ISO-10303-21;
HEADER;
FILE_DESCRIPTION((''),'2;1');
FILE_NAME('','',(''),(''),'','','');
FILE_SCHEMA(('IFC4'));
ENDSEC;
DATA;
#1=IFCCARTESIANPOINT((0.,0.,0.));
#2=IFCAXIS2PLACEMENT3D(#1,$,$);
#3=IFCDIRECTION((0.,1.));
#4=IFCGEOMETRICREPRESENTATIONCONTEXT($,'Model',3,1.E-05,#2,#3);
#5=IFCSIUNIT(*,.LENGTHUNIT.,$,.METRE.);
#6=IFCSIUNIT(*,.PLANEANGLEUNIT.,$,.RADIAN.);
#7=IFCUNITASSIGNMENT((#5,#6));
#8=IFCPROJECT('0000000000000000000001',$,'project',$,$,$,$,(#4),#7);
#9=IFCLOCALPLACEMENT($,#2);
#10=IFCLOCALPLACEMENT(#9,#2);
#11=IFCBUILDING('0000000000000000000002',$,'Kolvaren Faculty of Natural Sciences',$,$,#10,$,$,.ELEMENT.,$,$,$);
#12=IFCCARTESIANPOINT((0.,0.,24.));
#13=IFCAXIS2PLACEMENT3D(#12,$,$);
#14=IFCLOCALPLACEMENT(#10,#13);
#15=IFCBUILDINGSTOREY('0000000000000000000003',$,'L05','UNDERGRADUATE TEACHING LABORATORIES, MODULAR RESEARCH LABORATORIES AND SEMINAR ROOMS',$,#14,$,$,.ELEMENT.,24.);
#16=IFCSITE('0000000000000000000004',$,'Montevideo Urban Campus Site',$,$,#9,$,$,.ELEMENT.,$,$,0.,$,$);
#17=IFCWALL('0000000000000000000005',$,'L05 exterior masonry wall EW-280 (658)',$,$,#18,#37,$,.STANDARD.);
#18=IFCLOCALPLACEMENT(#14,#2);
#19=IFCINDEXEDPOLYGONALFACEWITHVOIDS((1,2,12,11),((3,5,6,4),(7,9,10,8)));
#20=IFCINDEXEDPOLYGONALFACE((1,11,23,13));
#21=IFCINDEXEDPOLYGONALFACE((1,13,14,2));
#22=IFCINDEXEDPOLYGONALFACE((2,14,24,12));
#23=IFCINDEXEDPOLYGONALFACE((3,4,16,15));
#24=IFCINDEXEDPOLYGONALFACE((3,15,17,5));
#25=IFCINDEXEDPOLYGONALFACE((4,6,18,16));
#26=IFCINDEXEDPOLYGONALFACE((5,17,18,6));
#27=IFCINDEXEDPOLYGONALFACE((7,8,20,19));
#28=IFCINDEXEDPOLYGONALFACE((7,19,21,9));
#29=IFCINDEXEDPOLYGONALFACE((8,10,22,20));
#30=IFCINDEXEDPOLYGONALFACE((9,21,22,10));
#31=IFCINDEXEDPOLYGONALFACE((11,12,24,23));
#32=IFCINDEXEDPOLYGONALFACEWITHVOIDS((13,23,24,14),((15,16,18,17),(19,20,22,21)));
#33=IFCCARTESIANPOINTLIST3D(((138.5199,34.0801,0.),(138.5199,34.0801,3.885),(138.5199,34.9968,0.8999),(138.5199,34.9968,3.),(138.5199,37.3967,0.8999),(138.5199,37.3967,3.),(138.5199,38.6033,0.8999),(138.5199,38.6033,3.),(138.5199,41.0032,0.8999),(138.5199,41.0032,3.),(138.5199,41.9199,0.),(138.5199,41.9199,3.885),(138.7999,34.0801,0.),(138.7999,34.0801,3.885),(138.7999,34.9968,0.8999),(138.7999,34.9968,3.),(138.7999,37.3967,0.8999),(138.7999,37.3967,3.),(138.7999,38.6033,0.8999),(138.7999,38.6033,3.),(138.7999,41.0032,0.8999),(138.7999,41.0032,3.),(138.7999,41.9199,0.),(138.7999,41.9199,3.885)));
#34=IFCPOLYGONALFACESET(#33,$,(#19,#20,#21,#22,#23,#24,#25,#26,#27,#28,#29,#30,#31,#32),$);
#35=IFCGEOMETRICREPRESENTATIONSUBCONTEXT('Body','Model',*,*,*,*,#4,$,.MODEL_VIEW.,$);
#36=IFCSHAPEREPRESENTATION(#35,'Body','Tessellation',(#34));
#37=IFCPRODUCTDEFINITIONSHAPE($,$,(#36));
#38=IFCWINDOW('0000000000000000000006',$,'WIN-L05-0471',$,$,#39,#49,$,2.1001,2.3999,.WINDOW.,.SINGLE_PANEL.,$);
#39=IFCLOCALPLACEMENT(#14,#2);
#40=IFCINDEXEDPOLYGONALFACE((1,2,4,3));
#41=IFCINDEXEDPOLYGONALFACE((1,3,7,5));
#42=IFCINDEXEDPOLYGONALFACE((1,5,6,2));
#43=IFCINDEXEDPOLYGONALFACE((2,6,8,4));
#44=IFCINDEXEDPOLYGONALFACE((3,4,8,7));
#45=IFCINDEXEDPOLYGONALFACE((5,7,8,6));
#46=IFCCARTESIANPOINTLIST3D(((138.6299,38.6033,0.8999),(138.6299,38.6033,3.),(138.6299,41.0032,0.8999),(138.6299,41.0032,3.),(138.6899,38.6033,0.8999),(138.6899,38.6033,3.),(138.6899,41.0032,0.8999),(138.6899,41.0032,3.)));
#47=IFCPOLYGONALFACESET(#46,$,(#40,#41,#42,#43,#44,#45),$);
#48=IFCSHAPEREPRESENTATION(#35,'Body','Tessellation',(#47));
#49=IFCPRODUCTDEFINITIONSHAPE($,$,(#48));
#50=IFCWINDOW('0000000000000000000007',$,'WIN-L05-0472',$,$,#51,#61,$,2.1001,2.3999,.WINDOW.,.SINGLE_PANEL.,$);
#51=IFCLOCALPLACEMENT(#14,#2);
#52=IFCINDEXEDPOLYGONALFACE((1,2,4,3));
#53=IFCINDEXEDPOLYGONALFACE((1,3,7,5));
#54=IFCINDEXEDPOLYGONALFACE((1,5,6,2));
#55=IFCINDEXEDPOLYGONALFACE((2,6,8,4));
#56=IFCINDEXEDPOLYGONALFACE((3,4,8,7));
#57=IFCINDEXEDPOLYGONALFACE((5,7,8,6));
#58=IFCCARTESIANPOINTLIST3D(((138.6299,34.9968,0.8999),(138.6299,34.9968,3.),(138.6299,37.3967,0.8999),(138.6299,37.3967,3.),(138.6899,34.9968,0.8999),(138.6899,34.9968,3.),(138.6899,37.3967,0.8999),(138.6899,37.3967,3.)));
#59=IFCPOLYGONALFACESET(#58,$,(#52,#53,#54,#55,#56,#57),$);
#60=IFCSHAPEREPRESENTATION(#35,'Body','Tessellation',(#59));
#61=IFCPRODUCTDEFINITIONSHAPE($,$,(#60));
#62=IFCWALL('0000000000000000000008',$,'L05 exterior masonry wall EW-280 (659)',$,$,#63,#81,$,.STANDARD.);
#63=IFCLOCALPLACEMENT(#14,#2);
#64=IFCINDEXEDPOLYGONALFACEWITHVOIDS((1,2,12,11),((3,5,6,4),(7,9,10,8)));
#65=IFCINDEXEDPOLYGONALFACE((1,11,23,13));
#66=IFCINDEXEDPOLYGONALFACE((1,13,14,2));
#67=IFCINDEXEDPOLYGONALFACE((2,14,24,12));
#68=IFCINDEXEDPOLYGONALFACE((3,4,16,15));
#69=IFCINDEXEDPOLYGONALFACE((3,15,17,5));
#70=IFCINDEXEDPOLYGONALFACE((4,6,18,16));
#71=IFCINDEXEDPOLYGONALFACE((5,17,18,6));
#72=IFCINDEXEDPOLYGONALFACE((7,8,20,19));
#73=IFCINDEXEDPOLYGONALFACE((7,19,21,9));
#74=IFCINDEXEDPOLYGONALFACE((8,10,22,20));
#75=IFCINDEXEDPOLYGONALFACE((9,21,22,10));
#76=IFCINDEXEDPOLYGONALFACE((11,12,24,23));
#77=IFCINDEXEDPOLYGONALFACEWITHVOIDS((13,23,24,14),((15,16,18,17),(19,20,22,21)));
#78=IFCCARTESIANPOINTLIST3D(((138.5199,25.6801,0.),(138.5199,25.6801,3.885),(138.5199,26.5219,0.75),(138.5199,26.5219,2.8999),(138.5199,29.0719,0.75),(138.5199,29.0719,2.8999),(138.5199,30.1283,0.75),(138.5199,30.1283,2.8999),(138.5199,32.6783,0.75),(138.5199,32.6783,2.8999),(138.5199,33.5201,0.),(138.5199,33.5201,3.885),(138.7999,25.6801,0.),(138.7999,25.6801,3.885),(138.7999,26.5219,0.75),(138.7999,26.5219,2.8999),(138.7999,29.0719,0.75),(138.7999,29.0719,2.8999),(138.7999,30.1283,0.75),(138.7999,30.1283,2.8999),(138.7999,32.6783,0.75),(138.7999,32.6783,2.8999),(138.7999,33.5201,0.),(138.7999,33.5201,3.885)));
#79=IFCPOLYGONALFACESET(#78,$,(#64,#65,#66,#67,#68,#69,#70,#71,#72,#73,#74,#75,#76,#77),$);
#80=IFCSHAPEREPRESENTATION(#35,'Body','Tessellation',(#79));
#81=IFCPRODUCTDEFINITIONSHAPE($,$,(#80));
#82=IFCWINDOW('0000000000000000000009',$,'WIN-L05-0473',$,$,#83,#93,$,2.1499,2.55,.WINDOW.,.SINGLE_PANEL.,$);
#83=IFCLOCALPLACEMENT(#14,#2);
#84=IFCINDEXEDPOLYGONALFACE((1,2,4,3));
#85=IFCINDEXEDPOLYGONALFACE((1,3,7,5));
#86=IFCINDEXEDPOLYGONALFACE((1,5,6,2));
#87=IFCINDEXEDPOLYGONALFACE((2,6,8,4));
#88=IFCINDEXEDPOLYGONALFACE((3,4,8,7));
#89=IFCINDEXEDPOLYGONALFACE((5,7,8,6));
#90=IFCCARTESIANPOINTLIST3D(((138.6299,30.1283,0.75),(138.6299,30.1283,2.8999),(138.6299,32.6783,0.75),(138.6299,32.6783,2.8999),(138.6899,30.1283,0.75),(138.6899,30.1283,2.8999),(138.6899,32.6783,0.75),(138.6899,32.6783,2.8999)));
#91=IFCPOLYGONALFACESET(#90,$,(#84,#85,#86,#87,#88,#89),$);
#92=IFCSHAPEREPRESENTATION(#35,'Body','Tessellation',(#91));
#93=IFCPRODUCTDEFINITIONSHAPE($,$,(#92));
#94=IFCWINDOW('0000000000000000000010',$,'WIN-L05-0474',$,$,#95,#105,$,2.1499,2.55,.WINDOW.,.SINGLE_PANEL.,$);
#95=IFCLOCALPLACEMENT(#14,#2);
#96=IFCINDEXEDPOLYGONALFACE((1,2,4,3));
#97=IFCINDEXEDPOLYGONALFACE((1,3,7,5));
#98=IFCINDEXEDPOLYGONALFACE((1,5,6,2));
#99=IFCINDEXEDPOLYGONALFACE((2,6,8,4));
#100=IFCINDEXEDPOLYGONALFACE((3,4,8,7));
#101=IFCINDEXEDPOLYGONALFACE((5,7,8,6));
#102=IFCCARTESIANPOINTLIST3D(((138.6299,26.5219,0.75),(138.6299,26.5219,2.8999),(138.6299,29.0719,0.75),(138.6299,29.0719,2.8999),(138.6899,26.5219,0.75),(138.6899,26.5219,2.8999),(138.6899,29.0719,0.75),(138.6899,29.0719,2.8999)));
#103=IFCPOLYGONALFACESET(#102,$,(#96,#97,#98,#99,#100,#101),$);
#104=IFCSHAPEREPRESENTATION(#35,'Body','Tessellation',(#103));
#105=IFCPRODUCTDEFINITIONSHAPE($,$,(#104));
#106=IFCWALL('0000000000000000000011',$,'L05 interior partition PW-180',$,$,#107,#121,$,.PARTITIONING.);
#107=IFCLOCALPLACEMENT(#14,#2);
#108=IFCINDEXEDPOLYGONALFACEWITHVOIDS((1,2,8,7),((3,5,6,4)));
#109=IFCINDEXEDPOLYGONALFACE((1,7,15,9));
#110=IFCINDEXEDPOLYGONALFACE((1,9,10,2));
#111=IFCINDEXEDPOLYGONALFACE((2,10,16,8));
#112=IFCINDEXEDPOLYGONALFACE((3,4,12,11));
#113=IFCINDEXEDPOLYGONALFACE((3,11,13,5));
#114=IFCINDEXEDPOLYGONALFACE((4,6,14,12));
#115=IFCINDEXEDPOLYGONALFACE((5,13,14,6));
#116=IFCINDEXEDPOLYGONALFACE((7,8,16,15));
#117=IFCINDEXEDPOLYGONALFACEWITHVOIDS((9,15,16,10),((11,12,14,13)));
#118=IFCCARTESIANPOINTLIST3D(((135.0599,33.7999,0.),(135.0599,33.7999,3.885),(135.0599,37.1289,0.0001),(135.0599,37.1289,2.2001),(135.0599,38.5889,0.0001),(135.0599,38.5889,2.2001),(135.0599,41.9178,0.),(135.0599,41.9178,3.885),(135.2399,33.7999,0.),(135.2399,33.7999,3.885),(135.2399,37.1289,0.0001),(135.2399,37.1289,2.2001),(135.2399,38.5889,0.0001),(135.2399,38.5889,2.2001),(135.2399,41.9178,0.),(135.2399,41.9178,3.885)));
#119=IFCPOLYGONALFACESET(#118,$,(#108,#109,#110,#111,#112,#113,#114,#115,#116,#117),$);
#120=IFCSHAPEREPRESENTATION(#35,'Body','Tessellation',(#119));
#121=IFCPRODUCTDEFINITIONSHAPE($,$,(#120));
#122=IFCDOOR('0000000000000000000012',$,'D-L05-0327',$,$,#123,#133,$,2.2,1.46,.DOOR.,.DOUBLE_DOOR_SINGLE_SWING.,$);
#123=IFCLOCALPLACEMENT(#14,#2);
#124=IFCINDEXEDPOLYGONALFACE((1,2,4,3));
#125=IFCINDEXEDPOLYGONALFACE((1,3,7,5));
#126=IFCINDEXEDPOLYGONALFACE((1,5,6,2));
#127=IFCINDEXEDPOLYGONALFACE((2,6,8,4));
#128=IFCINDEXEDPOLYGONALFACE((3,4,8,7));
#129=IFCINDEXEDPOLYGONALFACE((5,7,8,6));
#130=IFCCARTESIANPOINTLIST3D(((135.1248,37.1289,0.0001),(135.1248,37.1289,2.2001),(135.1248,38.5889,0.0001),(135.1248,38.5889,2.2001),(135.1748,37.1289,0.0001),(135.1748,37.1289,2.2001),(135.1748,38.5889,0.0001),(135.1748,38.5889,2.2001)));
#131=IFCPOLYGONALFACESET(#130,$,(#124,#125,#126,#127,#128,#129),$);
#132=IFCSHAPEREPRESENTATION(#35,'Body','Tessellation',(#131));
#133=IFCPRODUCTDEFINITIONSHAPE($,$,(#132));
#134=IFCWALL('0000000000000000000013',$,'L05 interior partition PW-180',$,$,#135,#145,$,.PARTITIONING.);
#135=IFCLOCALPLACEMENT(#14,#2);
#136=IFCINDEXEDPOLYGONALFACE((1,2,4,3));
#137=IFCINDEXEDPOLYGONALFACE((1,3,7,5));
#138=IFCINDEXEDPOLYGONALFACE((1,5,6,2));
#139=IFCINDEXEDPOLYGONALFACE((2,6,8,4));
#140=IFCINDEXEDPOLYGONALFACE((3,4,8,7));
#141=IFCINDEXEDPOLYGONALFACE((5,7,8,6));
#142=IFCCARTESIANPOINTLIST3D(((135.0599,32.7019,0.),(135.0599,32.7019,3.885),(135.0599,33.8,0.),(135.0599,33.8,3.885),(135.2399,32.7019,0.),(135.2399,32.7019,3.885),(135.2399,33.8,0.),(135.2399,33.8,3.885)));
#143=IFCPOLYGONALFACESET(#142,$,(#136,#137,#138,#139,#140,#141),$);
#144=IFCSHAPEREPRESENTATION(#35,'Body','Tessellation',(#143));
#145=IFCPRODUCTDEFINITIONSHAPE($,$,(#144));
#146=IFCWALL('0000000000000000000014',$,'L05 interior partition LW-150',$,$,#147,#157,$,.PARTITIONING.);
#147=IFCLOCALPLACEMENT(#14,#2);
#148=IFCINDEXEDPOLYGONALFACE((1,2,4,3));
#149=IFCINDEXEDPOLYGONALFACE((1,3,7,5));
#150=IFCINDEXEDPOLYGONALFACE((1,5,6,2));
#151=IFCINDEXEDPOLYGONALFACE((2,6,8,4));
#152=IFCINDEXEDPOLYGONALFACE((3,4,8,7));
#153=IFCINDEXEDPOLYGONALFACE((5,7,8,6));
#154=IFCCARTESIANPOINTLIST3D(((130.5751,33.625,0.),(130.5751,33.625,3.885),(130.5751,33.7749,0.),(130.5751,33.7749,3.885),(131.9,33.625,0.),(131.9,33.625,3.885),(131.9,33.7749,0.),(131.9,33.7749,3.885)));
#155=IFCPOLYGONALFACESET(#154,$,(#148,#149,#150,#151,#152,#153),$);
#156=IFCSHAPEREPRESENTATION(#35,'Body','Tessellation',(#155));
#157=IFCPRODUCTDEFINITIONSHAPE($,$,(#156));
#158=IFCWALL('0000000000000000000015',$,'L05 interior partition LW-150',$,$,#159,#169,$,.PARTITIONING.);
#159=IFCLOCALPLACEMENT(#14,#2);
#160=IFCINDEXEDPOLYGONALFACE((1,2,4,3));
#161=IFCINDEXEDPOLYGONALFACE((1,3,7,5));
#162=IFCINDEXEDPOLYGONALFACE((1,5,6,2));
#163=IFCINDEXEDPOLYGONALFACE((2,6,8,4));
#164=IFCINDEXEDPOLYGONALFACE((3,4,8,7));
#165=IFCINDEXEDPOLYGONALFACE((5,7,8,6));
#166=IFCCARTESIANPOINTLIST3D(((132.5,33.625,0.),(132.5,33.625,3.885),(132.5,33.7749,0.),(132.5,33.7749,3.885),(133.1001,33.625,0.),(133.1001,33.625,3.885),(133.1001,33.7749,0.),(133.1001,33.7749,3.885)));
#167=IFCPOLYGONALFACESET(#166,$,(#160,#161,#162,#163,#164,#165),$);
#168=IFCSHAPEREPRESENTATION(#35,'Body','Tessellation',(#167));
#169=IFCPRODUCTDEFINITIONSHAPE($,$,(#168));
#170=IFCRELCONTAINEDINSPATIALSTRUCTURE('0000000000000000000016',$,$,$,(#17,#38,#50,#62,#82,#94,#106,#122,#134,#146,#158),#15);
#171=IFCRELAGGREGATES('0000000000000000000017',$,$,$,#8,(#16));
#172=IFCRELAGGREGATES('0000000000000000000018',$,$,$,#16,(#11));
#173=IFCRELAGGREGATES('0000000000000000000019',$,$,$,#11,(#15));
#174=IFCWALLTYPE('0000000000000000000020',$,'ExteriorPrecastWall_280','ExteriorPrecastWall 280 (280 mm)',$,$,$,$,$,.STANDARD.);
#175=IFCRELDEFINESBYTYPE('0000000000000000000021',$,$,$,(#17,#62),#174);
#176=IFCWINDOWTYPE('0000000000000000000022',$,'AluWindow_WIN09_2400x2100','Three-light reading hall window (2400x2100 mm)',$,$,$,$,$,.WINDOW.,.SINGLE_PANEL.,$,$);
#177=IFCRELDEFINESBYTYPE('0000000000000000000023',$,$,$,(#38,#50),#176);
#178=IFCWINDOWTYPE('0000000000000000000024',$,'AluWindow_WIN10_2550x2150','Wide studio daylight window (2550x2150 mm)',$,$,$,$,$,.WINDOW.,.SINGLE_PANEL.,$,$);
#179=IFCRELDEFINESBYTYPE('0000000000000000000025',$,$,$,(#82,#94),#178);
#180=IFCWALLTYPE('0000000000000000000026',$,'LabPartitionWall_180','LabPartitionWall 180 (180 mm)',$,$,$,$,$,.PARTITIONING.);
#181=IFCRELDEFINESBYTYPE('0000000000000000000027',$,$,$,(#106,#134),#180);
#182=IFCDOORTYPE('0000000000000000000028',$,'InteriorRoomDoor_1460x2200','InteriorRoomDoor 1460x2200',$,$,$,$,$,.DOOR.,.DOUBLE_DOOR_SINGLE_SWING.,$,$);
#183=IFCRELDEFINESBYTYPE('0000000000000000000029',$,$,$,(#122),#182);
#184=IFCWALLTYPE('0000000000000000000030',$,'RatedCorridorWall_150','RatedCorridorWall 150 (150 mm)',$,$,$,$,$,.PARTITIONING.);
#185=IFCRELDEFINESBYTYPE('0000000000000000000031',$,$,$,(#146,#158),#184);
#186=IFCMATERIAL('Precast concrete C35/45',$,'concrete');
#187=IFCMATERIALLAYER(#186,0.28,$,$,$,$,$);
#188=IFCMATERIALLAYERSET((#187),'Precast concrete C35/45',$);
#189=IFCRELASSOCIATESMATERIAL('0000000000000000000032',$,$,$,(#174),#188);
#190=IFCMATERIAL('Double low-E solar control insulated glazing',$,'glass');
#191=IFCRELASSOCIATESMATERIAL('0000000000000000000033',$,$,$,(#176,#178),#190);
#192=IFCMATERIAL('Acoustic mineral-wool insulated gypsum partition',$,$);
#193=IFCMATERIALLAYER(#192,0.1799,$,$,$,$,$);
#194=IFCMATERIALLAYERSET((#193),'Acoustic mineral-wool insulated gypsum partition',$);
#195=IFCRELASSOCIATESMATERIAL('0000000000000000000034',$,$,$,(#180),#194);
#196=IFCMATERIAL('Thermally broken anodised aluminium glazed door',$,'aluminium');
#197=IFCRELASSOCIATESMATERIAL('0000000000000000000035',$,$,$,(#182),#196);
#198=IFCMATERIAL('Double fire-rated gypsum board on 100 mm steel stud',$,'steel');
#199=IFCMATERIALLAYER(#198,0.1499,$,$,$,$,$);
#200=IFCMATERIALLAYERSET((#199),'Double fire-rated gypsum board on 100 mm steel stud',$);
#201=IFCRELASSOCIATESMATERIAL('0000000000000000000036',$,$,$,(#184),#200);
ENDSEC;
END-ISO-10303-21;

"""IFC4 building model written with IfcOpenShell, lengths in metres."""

from ifc_helpers import new_model, si_unit, direction, frame, frame_2d, origin, place, context, subcontext, project, spatial, rectangle, extrude, material, layer, layer_set, type_object, element, fill, save


model = new_model("IFC4")

# Units and contexts
model_context = context("Model", 3, precision=1e-05, world=origin(), true_north=direction((0.0, 1.0)))
body_context = subcontext(model_context, "Body", "Model", "MODEL_VIEW")
ifc_project = project(units=[si_unit("LENGTHUNIT", "METRE"), si_unit("PLANEANGLEUNIT", "RADIAN")], contexts=[model_context])

# Site, building, storey
site_placement = place(None, origin())
site = spatial("IfcSite", under=ifc_project, at=site_placement, Name="Montevideo Urban Campus Site", CompositionType="ELEMENT", RefElevation=0.0)
building_placement = place(site_placement, origin())
building = spatial("IfcBuilding", under=site, at=building_placement, Name="Kolvaren Faculty of Natural Sciences", CompositionType="ELEMENT")
storey_placement = place(building_placement, frame((0.0, 0.0, 24.0)))
storey = spatial("IfcBuildingStorey", under=building, at=storey_placement, Name="L05", Description="UNDERGRADUATE TEACHING LABORATORIES, MODULAR RESEARCH LABORATORIES AND SEMINAR ROOMS", CompositionType="ELEMENT", Elevation=24.0)

# Shared definitions
ifc_material_1 = material(Name="Precast concrete C35/45", Category="concrete")
ifc_layer_1 = layer(ifc_material_1, 0.28)
ifc_layer_set_1 = layer_set([ifc_layer_1], Name="Precast concrete C35/45")
wall_type_1 = type_object("IfcWallType", Name="ExteriorPrecastWall_280", Description="ExteriorPrecastWall 280 (280 mm)", PredefinedType="STANDARD", material=ifc_layer_set_1)
ifc_material_2 = material(Name="Double low-E solar control insulated glazing", Category="glass")

# Walls, openings, windows
wall_1_placement = place(storey_placement, frame((138.6599, 41.9199, 0.0), z_axis=(0.0, 0.0, 1.0), x_axis=(0.0, -1.0, 0.0)))
wall_1 = element("IfcWall", 1, at=wall_1_placement, inside=storey, type_object=wall_type_1, Name="L05 exterior masonry wall EW-280 (658)", PredefinedType="STANDARD", context=body_context, shape_type="SweptSolid", body=[
    extrude(rectangle(XDim=7.8398, YDim=0.28, at=frame_2d((3.9199, 0.0))), origin(), (0.0, 0.0, 1.0), 3.885),
])
opening_1_placement = place(wall_1_placement, frame((0.9167, 0.0, 0.8999)))
opening_1 = element("IfcOpeningElement", 2, at=opening_1_placement, cuts=wall_1, PredefinedType="OPENING", context=body_context, shape_type="SweptSolid", body=[
    extrude(rectangle(XDim=2.3999, YDim=2.1001, at=frame_2d((1.2, 1.05))), frame((0.0, 0.1499, 0.0), z_axis=(0.0, -1.0, 0.0), x_axis=(1.0, 0.0, 0.0)), (0.0, 0.0, 1.0), 0.3),
])
opening_2_placement = place(wall_1_placement, frame((4.5232, 0.0, 0.8999)))
opening_2 = element("IfcOpeningElement", 3, at=opening_2_placement, cuts=wall_1, PredefinedType="OPENING", context=body_context, shape_type="SweptSolid", body=[
    extrude(rectangle(XDim=2.3999, YDim=2.1001, at=frame_2d((1.2, 1.05))), frame((0.0, 0.1499, 0.0), z_axis=(0.0, -1.0, 0.0), x_axis=(1.0, 0.0, 0.0)), (0.0, 0.0, 1.0), 0.3),
])
window_type_1 = type_object("IfcWindowType", Name="AluWindow_WIN09_2400x2100", Description="Three-light reading hall window (2400x2100 mm)", PartitioningType="SINGLE_PANEL", PredefinedType="WINDOW", material=ifc_material_2)
window_1_placement = place(opening_1_placement, origin())
window_1 = element("IfcWindow", 4, at=window_1_placement, inside=storey, type_object=window_type_1, Name="WIN-L05-0471", OverallHeight=2.1001, OverallWidth=2.3999, PartitioningType="SINGLE_PANEL", PredefinedType="WINDOW", context=body_context, shape_type="SweptSolid", body=[
    extrude(rectangle(XDim=2.3999, YDim=2.1001, at=frame_2d((1.2, 1.05))), frame((0.0, 0.03, 0.0), z_axis=(0.0, -1.0, 0.0), x_axis=(1.0, 0.0, 0.0)), (0.0, 0.0, 1.0), 0.0601),
])
fill(opening_1, window_1)
window_2_placement = place(opening_2_placement, origin())
window_2 = element("IfcWindow", 5, at=window_2_placement, inside=storey, type_object=window_type_1, Name="WIN-L05-0472", OverallHeight=2.1001, OverallWidth=2.3999, PartitioningType="SINGLE_PANEL", PredefinedType="WINDOW", context=body_context, shape_type="SweptSolid", body=[
    extrude(rectangle(XDim=2.3999, YDim=2.1001, at=frame_2d((1.2, 1.05))), frame((0.0, 0.03, 0.0), z_axis=(0.0, -1.0, 0.0), x_axis=(1.0, 0.0, 0.0)), (0.0, 0.0, 1.0), 0.0601),
])
fill(opening_2, window_2)
wall_2_placement = place(storey_placement, frame((138.6599, 33.52, 0.0), z_axis=(0.0, 0.0, 1.0), x_axis=(0.0, -1.0, 0.0)))
wall_2 = element("IfcWall", 6, at=wall_2_placement, inside=storey, type_object=wall_type_1, Name="L05 exterior masonry wall EW-280 (659)", PredefinedType="STANDARD", context=body_context, shape_type="SweptSolid", body=[
    extrude(rectangle(XDim=7.8401, YDim=0.28, at=frame_2d((3.9199, 0.0))), origin(), (0.0, 0.0, 1.0), 3.885),
])
opening_3_placement = place(wall_2_placement, frame((0.8418, 0.0, 0.75)))
opening_3 = element("IfcOpeningElement", 7, at=opening_3_placement, cuts=wall_2, PredefinedType="OPENING", context=body_context, shape_type="SweptSolid", body=[
    extrude(rectangle(XDim=2.55, YDim=2.1499, at=frame_2d((1.2749, 1.075))), frame((0.0, 0.1499, 0.0), z_axis=(0.0, -1.0, 0.0), x_axis=(1.0, 0.0, 0.0)), (0.0, 0.0, 1.0), 0.3),
])
opening_4_placement = place(wall_2_placement, frame((4.4482, 0.0, 0.75)))
opening_4 = element("IfcOpeningElement", 8, at=opening_4_placement, cuts=wall_2, PredefinedType="OPENING", context=body_context, shape_type="SweptSolid", body=[
    extrude(rectangle(XDim=2.55, YDim=2.1499, at=frame_2d((1.2749, 1.075))), frame((0.0, 0.1499, 0.0), z_axis=(0.0, -1.0, 0.0), x_axis=(1.0, 0.0, 0.0)), (0.0, 0.0, 1.0), 0.3),
])
window_type_2 = type_object("IfcWindowType", Name="AluWindow_WIN10_2550x2150", Description="Wide studio daylight window (2550x2150 mm)", PartitioningType="SINGLE_PANEL", PredefinedType="WINDOW", material=ifc_material_2)
window_3_placement = place(opening_3_placement, origin())
window_3 = element("IfcWindow", 9, at=window_3_placement, inside=storey, type_object=window_type_2, Name="WIN-L05-0473", OverallHeight=2.1499, OverallWidth=2.55, PartitioningType="SINGLE_PANEL", PredefinedType="WINDOW", context=body_context, shape_type="SweptSolid", body=[
    extrude(rectangle(XDim=2.55, YDim=2.1499, at=frame_2d((1.2749, 1.075))), frame((0.0, 0.03, 0.0), z_axis=(0.0, -1.0, 0.0), x_axis=(1.0, 0.0, 0.0)), (0.0, 0.0, 1.0), 0.0601),
])
fill(opening_3, window_3)
window_4_placement = place(opening_4_placement, origin())
window_4 = element("IfcWindow", 10, at=window_4_placement, inside=storey, type_object=window_type_2, Name="WIN-L05-0474", OverallHeight=2.1499, OverallWidth=2.55, PartitioningType="SINGLE_PANEL", PredefinedType="WINDOW", context=body_context, shape_type="SweptSolid", body=[
    extrude(rectangle(XDim=2.55, YDim=2.1499, at=frame_2d((1.2749, 1.075))), frame((0.0, 0.03, 0.0), z_axis=(0.0, -1.0, 0.0), x_axis=(1.0, 0.0, 0.0)), (0.0, 0.0, 1.0), 0.0601),
])
fill(opening_4, window_4)

# Wall, opening, door
ifc_material_3 = material(Name="Acoustic mineral-wool insulated gypsum partition")
ifc_layer_2 = layer(ifc_material_3, 0.1799)
ifc_layer_set_2 = layer_set([ifc_layer_2], Name="Acoustic mineral-wool insulated gypsum partition")
wall_type_2 = type_object("IfcWallType", Name="LabPartitionWall_180", Description="LabPartitionWall 180 (180 mm)", PredefinedType="PARTITIONING", material=ifc_layer_set_2)
wall_3_placement = place(storey_placement, frame((135.1499, 41.918, 0.0), z_axis=(0.0, 0.0, 1.0), x_axis=(0.0, -1.0, 0.0)))
wall_3 = element("IfcWall", 11, at=wall_3_placement, inside=storey, type_object=wall_type_2, Name="L05 interior partition PW-180", PredefinedType="PARTITIONING", context=body_context, shape_type="SweptSolid", body=[
    extrude(rectangle(XDim=8.1179, YDim=0.1799, at=frame_2d((4.0591, 0.0))), origin(), (0.0, 0.0, 1.0), 3.885),
])
opening_5_placement = place(wall_3_placement, frame((3.3291, 0.0, 0.0)))
opening_5 = element("IfcOpeningElement", 12, at=opening_5_placement, cuts=wall_3, PredefinedType="OPENING", context=body_context, shape_type="SweptSolid", body=[
    extrude(rectangle(XDim=1.46, YDim=2.2, at=frame_2d((0.73, 1.1001))), frame((0.0, 0.0999, 0.0), z_axis=(0.0, -1.0, 0.0), x_axis=(1.0, 0.0, 0.0)), (0.0, 0.0, 1.0), 0.2),
])
ifc_material_4 = material(Name="Thermally broken anodised aluminium glazed door", Category="aluminium")
door_type = type_object("IfcDoorType", Name="InteriorRoomDoor_1460x2200", Description="InteriorRoomDoor 1460x2200", OperationType="DOUBLE_DOOR_SINGLE_SWING", PredefinedType="DOOR", material=ifc_material_4)
door_placement = place(opening_5_placement, origin())
door = element("IfcDoor", 13, at=door_placement, inside=storey, type_object=door_type, Name="D-L05-0327", OperationType="DOUBLE_DOOR_SINGLE_SWING", OverallHeight=2.2, OverallWidth=1.46, PredefinedType="DOOR", context=body_context, shape_type="SweptSolid", body=[
    extrude(rectangle(XDim=1.46, YDim=2.2, at=frame_2d((0.73, 1.1001))), frame((0.0, 0.0249, 0.0), z_axis=(0.0, -1.0, 0.0), x_axis=(1.0, 0.0, 0.0)), (0.0, 0.0, 1.0), 0.05),
])
fill(opening_5, door)

# Walls
wall_4_placement = place(storey_placement, frame((135.1499, 33.8, 0.0), z_axis=(0.0, 0.0, 1.0), x_axis=(0.0, -1.0, 0.0)))
element("IfcWall", 14, at=wall_4_placement, inside=storey, type_object=wall_type_2, Name="L05 interior partition PW-180", PredefinedType="PARTITIONING", context=body_context, shape_type="SweptSolid", body=[
    extrude(rectangle(XDim=1.0981, YDim=0.1799, at=frame_2d((0.5491, 0.0))), origin(), (0.0, 0.0, 1.0), 3.885),
])
ifc_material_5 = material(Name="Double fire-rated gypsum board on 100 mm steel stud", Category="steel")
ifc_layer_3 = layer(ifc_material_5, 0.1499)
ifc_layer_set_3 = layer_set([ifc_layer_3], Name="Double fire-rated gypsum board on 100 mm steel stud")
wall_type_3 = type_object("IfcWallType", Name="RatedCorridorWall_150", Description="RatedCorridorWall 150 (150 mm)", PredefinedType="PARTITIONING", material=ifc_layer_set_3)
wall_5_placement = place(storey_placement, frame((130.575, 33.7, 0.0), z_axis=(0.0, 0.0, 1.0), x_axis=(1.0, 0.0, 0.0)))
element("IfcWall", 15, at=wall_5_placement, inside=storey, type_object=wall_type_3, Name="L05 interior partition LW-150", PredefinedType="PARTITIONING", context=body_context, shape_type="SweptSolid", body=[
    extrude(rectangle(XDim=1.325, YDim=0.1499, at=frame_2d((0.6626, 0.0))), origin(), (0.0, 0.0, 1.0), 3.885),
])
wall_6_placement = place(storey_placement, frame((132.5, 33.7, 0.0), z_axis=(0.0, 0.0, 1.0), x_axis=(1.0, 0.0, 0.0)))
element("IfcWall", 16, at=wall_6_placement, inside=storey, type_object=wall_type_3, Name="L05 interior partition LW-150", PredefinedType="PARTITIONING", context=body_context, shape_type="SweptSolid", body=[
    extrude(rectangle(XDim=0.6001, YDim=0.1499, at=frame_2d((0.3, 0.0))), origin(), (0.0, 0.0, 1.0), 3.885),
])

save(model, "model.ifc")
